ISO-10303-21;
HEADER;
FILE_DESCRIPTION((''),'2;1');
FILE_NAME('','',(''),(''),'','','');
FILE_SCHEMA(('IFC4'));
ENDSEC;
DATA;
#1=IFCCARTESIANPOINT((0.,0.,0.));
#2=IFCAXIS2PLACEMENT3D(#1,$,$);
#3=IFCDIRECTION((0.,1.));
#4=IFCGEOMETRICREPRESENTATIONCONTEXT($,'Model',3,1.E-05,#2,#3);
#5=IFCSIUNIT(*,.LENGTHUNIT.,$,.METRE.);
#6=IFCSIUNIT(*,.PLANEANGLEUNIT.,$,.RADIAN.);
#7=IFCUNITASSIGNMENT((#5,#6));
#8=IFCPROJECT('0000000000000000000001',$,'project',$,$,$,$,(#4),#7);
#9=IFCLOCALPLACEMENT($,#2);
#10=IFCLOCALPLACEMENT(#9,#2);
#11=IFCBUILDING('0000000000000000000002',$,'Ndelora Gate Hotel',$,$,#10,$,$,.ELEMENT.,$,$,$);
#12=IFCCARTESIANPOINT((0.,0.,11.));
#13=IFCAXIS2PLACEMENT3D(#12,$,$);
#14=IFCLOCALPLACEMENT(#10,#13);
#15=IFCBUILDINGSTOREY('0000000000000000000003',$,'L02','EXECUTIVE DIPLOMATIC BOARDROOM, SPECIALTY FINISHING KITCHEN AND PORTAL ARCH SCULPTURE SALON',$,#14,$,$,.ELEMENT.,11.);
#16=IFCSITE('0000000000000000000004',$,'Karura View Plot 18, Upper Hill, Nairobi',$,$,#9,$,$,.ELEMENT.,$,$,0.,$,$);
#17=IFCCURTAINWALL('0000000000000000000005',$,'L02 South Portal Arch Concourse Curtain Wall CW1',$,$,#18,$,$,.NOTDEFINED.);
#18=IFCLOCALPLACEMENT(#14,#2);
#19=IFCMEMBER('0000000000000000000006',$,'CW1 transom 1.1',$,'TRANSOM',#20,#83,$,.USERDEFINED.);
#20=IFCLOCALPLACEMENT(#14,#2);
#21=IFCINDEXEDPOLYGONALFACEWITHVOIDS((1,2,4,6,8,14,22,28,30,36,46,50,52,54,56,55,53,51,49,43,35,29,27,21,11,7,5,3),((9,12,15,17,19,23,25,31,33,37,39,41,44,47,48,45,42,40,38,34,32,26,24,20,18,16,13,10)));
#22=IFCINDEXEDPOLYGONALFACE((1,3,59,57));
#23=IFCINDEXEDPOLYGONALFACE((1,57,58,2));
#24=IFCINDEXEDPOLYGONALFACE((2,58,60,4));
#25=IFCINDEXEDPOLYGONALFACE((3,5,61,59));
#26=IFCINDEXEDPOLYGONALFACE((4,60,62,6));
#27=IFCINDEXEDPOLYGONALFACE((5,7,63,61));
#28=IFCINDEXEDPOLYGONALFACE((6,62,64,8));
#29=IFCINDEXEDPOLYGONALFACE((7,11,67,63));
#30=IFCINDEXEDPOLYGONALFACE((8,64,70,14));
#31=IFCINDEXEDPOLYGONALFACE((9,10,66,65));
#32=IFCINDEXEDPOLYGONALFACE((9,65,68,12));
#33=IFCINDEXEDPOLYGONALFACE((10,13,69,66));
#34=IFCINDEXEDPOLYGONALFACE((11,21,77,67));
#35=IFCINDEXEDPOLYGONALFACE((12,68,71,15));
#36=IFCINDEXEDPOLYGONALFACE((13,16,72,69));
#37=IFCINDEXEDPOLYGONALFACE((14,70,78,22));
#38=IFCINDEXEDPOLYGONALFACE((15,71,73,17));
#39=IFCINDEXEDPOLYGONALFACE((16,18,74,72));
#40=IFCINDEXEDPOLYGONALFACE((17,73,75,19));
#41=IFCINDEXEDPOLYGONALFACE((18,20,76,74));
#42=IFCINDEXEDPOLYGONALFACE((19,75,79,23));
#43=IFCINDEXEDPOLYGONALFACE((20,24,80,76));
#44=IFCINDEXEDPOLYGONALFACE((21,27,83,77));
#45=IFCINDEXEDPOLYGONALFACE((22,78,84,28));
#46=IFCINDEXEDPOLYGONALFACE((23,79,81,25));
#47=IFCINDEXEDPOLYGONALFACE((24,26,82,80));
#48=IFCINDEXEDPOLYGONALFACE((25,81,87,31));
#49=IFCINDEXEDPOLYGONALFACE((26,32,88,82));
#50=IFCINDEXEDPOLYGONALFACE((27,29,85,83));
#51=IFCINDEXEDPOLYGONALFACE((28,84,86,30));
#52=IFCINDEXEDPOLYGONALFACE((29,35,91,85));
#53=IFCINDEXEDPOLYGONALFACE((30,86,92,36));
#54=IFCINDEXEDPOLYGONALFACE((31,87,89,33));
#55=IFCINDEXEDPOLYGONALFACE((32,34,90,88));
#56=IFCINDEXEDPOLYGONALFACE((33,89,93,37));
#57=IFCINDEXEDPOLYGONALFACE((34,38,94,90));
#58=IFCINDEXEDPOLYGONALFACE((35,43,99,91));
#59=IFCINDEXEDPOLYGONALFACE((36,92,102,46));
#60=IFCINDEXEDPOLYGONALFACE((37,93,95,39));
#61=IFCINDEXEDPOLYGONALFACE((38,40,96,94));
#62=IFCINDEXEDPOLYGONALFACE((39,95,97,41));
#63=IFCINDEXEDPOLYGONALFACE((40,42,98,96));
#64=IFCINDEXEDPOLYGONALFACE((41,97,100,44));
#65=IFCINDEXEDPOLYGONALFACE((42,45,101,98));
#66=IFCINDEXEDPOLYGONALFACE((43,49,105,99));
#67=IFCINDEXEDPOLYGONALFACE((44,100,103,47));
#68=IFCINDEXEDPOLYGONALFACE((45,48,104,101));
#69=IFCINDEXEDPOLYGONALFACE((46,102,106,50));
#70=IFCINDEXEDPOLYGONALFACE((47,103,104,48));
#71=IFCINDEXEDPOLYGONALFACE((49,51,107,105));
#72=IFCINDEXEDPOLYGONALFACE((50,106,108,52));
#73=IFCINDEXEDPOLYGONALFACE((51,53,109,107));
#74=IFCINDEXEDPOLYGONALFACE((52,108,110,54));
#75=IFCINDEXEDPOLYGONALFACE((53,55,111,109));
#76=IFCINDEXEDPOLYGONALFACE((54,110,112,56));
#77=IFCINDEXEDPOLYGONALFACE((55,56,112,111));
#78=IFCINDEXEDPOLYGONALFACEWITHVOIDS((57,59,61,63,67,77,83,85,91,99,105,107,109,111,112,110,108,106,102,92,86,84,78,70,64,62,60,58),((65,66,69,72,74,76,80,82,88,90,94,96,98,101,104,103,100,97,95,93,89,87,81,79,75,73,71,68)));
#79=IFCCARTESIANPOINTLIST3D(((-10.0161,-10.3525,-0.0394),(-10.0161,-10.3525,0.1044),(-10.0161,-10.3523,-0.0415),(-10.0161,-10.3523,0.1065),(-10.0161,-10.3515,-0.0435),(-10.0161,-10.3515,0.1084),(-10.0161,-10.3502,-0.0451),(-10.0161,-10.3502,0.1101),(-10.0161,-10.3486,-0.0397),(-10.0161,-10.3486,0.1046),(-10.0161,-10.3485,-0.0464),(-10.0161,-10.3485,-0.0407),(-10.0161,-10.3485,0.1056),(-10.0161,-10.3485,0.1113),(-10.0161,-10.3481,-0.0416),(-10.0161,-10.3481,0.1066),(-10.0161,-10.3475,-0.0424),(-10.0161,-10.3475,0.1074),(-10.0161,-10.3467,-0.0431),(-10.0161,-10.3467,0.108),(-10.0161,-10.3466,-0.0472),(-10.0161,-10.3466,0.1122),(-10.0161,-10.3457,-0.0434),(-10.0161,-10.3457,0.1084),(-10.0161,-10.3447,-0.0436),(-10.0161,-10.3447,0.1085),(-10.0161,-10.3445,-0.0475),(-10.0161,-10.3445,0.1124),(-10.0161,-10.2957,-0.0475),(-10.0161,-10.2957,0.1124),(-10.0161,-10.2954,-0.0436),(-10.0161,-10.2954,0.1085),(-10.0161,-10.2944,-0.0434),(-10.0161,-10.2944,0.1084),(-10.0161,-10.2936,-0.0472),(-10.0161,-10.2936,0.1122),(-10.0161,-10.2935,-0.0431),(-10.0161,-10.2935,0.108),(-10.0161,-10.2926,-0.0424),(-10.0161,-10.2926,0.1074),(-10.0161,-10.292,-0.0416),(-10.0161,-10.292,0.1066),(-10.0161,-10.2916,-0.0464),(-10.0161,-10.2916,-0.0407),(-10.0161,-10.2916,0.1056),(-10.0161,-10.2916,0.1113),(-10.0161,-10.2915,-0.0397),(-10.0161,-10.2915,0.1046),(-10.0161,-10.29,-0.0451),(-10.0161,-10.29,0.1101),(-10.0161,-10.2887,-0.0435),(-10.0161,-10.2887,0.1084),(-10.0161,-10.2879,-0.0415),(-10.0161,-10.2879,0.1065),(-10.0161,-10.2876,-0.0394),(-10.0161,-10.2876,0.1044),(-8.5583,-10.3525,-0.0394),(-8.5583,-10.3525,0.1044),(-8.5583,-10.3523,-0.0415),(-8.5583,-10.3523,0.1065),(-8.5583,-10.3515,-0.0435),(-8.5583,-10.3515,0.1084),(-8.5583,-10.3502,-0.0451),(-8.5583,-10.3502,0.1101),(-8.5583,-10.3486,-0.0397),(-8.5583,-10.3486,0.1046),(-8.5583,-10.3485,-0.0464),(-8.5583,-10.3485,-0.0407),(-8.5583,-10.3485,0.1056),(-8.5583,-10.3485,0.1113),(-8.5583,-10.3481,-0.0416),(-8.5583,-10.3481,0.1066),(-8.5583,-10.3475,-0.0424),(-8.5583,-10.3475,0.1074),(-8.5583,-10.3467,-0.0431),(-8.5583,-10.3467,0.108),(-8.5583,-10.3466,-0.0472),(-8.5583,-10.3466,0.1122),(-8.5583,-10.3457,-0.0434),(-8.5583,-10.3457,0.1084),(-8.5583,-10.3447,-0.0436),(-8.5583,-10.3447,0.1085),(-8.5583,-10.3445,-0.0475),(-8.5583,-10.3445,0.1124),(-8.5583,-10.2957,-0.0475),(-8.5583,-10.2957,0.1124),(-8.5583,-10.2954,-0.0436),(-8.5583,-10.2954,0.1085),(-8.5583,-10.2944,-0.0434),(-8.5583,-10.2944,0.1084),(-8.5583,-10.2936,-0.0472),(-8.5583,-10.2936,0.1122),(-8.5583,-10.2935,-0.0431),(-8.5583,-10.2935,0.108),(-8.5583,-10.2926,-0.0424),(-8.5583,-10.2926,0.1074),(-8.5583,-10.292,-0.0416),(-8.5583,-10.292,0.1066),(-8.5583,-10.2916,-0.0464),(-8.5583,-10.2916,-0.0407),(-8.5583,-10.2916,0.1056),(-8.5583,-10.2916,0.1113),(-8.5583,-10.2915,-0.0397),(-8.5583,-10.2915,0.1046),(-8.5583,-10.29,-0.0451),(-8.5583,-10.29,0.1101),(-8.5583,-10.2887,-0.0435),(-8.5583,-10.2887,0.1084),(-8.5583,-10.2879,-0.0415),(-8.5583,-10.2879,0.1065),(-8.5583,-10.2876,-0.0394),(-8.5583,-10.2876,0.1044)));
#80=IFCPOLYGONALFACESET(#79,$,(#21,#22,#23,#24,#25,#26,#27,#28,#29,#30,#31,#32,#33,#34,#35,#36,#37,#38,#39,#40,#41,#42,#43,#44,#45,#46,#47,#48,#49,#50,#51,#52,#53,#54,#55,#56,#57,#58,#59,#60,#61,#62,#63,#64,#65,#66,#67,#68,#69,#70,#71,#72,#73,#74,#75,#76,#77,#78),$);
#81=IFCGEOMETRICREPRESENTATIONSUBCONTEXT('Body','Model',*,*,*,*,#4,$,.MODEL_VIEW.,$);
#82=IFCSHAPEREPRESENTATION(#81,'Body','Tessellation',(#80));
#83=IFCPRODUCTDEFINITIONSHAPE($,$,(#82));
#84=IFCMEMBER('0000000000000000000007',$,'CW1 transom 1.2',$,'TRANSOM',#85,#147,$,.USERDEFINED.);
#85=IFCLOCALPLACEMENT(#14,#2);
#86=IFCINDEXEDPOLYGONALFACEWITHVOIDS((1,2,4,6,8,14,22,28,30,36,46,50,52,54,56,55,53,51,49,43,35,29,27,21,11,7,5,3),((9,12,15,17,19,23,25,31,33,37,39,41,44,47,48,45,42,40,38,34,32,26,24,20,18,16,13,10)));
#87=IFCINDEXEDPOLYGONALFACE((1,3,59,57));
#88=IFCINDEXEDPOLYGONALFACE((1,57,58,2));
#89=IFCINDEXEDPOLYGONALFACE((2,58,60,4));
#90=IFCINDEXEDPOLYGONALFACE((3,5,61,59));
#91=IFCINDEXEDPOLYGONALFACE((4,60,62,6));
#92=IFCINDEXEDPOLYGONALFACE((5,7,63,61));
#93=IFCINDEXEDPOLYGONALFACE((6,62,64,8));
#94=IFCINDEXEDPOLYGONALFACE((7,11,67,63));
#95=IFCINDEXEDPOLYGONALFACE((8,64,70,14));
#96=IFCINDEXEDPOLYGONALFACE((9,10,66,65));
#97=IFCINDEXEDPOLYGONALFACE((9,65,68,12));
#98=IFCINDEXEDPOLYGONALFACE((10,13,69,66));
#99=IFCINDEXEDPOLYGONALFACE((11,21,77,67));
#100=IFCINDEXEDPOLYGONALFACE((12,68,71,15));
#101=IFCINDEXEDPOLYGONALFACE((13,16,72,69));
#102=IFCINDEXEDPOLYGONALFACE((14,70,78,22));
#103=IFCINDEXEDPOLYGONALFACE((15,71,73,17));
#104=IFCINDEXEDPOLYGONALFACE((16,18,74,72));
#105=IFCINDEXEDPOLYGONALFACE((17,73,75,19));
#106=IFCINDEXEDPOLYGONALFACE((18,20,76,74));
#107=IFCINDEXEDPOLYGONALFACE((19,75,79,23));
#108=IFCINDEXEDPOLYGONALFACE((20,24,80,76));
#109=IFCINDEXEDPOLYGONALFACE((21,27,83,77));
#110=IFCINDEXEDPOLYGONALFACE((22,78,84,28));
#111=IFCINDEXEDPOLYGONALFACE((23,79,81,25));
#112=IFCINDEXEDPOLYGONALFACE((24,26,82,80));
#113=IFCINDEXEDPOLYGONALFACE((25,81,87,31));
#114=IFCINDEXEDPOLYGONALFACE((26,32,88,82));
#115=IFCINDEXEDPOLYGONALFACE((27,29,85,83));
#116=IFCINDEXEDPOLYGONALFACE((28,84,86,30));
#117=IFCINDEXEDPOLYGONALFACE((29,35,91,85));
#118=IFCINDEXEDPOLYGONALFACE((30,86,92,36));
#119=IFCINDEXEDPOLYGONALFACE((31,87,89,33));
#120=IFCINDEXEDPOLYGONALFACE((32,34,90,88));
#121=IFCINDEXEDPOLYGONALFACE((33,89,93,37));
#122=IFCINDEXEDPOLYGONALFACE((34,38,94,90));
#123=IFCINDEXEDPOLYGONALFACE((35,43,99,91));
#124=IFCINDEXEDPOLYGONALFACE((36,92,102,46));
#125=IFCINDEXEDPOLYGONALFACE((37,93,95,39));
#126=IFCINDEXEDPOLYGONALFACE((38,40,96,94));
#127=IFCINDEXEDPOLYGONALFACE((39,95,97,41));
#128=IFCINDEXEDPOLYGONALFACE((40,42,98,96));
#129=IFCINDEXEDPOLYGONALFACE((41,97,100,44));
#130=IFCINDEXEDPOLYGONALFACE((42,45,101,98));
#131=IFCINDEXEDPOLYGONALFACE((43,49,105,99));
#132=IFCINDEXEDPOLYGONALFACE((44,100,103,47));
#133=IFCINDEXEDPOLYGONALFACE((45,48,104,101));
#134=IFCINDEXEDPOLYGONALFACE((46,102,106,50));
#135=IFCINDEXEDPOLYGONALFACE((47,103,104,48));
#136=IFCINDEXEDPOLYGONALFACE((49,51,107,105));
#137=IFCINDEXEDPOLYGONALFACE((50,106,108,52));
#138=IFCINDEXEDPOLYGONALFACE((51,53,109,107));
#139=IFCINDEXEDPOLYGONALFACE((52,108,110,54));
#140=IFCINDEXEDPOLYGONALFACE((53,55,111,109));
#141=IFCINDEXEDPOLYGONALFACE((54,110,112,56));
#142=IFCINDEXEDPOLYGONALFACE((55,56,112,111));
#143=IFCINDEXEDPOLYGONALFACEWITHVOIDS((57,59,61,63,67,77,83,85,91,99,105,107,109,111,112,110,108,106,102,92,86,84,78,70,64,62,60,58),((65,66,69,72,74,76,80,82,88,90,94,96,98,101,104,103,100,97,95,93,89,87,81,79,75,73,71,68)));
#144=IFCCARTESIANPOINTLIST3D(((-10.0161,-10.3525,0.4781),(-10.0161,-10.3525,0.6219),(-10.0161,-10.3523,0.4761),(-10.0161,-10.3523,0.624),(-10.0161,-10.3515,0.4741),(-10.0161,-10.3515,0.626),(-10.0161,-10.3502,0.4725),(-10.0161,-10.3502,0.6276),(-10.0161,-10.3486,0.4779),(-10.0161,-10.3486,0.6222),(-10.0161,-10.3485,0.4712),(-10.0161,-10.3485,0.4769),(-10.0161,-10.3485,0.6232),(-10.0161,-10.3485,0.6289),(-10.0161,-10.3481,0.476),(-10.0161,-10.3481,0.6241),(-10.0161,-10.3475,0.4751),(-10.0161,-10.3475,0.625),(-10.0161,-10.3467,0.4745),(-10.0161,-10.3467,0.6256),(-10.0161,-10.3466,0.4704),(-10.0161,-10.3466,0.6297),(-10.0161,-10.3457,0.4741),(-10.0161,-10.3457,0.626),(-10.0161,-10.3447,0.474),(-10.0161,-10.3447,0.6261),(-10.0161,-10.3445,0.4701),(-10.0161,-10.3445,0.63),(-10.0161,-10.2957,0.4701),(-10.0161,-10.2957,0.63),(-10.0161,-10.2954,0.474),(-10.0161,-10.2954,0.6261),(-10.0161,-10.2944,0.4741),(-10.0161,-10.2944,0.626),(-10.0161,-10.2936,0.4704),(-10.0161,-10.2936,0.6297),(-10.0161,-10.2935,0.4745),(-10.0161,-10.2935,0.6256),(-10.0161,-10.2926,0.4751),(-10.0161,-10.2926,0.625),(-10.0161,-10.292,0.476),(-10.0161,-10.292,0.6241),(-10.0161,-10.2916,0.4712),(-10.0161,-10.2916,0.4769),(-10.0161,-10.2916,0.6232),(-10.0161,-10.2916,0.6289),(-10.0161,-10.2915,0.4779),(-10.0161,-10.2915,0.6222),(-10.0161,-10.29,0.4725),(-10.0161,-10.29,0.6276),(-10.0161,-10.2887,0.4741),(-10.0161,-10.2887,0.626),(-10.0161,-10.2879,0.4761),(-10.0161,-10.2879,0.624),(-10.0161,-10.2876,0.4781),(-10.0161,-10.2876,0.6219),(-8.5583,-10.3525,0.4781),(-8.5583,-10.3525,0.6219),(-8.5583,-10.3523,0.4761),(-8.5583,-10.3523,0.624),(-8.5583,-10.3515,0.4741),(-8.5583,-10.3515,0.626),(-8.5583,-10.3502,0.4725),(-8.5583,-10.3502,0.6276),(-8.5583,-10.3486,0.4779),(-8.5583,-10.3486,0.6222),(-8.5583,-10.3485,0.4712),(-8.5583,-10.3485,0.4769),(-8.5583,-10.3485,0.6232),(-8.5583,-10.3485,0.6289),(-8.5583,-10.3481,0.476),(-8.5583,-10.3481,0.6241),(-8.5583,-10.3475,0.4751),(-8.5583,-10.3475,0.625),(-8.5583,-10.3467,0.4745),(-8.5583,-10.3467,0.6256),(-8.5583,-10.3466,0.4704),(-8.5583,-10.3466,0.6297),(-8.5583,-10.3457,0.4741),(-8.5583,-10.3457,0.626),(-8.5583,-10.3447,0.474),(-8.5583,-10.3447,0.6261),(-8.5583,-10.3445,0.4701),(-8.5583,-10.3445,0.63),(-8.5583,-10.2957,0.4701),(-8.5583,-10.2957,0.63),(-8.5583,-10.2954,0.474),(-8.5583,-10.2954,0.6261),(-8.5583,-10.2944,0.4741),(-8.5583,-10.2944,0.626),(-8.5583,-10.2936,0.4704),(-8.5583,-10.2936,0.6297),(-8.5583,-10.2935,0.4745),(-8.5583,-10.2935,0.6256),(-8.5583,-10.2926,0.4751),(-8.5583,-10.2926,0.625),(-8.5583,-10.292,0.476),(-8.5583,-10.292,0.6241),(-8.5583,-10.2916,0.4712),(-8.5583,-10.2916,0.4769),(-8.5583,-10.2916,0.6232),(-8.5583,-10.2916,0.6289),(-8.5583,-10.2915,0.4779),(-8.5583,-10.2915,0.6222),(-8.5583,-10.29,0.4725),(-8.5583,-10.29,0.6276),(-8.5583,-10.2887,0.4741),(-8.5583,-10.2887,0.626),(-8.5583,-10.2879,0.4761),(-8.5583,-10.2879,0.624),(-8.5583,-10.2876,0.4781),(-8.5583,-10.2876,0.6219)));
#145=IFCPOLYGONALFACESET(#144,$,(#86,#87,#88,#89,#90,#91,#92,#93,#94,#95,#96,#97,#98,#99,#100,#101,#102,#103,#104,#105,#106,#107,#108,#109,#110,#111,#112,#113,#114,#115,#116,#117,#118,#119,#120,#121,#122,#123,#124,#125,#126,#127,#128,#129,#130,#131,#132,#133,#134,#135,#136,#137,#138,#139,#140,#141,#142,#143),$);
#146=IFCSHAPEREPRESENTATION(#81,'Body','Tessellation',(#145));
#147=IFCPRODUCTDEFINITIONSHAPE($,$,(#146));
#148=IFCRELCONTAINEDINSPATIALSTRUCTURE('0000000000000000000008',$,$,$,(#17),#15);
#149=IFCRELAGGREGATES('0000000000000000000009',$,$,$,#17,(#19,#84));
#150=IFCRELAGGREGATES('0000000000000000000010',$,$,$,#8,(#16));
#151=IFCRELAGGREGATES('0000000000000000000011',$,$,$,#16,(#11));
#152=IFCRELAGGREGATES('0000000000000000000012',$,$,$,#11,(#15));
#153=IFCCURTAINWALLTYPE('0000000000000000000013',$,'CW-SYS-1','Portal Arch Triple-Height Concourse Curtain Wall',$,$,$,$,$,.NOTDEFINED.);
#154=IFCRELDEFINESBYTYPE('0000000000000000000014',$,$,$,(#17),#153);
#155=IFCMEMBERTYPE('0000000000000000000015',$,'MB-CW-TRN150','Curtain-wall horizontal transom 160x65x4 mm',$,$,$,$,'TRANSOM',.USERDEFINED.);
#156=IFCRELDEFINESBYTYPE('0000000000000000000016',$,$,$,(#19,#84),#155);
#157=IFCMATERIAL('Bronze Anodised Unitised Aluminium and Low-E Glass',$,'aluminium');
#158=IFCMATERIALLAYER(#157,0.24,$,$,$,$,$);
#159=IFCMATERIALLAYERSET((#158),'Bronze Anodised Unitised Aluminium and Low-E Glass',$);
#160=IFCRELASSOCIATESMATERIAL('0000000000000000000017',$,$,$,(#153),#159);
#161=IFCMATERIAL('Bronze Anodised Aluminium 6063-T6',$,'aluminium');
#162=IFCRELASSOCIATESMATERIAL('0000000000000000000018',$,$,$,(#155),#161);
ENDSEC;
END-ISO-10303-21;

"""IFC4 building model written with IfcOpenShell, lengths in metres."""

from ifc_helpers import new_model, si_unit, direction, frame, origin, origin_2d, place, context, subcontext, project, spatial, hollow_rectangle, extrude, material, layer, layer_set, material_profile, profile_set, type_object, element, aggregate, save


model = new_model("IFC4")

# Units and contexts
model_context = context("Model", 3, precision=1e-05, world=origin(), true_north=direction((0.0, 1.0)))
body_context = subcontext(model_context, "Body", "Model", "MODEL_VIEW")
ifc_project = project(units=[si_unit("LENGTHUNIT", "METRE"), si_unit("PLANEANGLEUNIT", "RADIAN")], contexts=[model_context])

# Site, building, storey
site_placement = place(None, origin())
site = spatial("IfcSite", under=ifc_project, at=site_placement, Name="Karura View Plot 18, Upper Hill, Nairobi", CompositionType="ELEMENT", RefElevation=0.0)
building_placement = place(site_placement, origin())
building = spatial("IfcBuilding", under=site, at=building_placement, Name="Ndelora Gate Hotel", CompositionType="ELEMENT")
storey_placement = place(building_placement, frame((0.0, 0.0, 11.0)))
storey = spatial("IfcBuildingStorey", under=building, at=storey_placement, Name="L02", Description="EXECUTIVE DIPLOMATIC BOARDROOM, SPECIALTY FINISHING KITCHEN AND PORTAL ARCH SCULPTURE SALON", CompositionType="ELEMENT", Elevation=11.0)

# Curtain wall, members
ifc_material_1 = material(Name="Bronze Anodised Unitised Aluminium and Low-E Glass", Category="aluminium")
ifc_layer_1 = layer(ifc_material_1, 0.24)
ifc_layer_set_1 = layer_set([ifc_layer_1], Name="Bronze Anodised Unitised Aluminium and Low-E Glass")
curtain_wall_type = type_object("IfcCurtainWallType", Name="CW-SYS-1", Description="Portal Arch Triple-Height Concourse Curtain Wall", PredefinedType="NOTDEFINED", material=ifc_layer_set_1)
curtain_wall_placement = place(storey_placement, origin())
curtain_wall = element("IfcCurtainWall", 1, at=curtain_wall_placement, inside=storey, type_object=curtain_wall_type, Name="L02 South Portal Arch Concourse Curtain Wall CW1", PredefinedType="NOTDEFINED")
ifc_material_2 = material(Name="Bronze Anodised Aluminium 6063-T6", Category="aluminium")
ifc_material_profile_1 = material_profile(ifc_material_2, hollow_rectangle(XDim=0.0649, YDim=0.1599, WallThickness=0.0039, InnerFilletRadius=0.0039, OuterFilletRadius=0.0081, at=origin_2d()), Name="ALU 160x65x4")
ifc_profile_set_1 = profile_set([ifc_material_profile_1], Name="Bronze Anodised Aluminium 6063-T6")
member_type_1 = type_object("IfcMemberType", Name="MB-CW-TRN150", Description="Curtain-wall horizontal transom 160x65x4 mm", ElementType="TRANSOM", PredefinedType="USERDEFINED", material=ifc_profile_set_1)
member_1_placement = place(storey_placement, frame((-10.0161, -10.3201, 0.0325), z_axis=(1.0, 0.0, 0.0), x_axis=(0.0, 1.0, 0.0)))
member_1 = element("IfcMember", 2, at=member_1_placement, type_object=member_type_1, Name="CW1 transom 1.1", ObjectType="TRANSOM", PredefinedType="USERDEFINED", context=body_context, shape_type="SweptSolid", body=[
    extrude(hollow_rectangle(XDim=0.0649, YDim=0.1599, WallThickness=0.0039, InnerFilletRadius=0.0039, OuterFilletRadius=0.0081, at=origin_2d()), origin(), (0.0, 0.0, 1.0), 1.4578),
])
member_2_placement = place(storey_placement, frame((-10.0161, -10.3201, 0.55), z_axis=(1.0, 0.0, 0.0), x_axis=(0.0, 1.0, 0.0)))
member_2 = element("IfcMember", 3, at=member_2_placement, type_object=member_type_1, Name="CW1 transom 1.2", ObjectType="TRANSOM", PredefinedType="USERDEFINED", context=body_context, shape_type="SweptSolid", body=[
    extrude(hollow_rectangle(XDim=0.0649, YDim=0.1599, WallThickness=0.0039, InnerFilletRadius=0.0039, OuterFilletRadius=0.0081, at=origin_2d()), origin(), (0.0, 0.0, 1.0), 1.4578),
])
aggregate(curtain_wall, [member_1, member_2])

save(model, "model.ifc")
